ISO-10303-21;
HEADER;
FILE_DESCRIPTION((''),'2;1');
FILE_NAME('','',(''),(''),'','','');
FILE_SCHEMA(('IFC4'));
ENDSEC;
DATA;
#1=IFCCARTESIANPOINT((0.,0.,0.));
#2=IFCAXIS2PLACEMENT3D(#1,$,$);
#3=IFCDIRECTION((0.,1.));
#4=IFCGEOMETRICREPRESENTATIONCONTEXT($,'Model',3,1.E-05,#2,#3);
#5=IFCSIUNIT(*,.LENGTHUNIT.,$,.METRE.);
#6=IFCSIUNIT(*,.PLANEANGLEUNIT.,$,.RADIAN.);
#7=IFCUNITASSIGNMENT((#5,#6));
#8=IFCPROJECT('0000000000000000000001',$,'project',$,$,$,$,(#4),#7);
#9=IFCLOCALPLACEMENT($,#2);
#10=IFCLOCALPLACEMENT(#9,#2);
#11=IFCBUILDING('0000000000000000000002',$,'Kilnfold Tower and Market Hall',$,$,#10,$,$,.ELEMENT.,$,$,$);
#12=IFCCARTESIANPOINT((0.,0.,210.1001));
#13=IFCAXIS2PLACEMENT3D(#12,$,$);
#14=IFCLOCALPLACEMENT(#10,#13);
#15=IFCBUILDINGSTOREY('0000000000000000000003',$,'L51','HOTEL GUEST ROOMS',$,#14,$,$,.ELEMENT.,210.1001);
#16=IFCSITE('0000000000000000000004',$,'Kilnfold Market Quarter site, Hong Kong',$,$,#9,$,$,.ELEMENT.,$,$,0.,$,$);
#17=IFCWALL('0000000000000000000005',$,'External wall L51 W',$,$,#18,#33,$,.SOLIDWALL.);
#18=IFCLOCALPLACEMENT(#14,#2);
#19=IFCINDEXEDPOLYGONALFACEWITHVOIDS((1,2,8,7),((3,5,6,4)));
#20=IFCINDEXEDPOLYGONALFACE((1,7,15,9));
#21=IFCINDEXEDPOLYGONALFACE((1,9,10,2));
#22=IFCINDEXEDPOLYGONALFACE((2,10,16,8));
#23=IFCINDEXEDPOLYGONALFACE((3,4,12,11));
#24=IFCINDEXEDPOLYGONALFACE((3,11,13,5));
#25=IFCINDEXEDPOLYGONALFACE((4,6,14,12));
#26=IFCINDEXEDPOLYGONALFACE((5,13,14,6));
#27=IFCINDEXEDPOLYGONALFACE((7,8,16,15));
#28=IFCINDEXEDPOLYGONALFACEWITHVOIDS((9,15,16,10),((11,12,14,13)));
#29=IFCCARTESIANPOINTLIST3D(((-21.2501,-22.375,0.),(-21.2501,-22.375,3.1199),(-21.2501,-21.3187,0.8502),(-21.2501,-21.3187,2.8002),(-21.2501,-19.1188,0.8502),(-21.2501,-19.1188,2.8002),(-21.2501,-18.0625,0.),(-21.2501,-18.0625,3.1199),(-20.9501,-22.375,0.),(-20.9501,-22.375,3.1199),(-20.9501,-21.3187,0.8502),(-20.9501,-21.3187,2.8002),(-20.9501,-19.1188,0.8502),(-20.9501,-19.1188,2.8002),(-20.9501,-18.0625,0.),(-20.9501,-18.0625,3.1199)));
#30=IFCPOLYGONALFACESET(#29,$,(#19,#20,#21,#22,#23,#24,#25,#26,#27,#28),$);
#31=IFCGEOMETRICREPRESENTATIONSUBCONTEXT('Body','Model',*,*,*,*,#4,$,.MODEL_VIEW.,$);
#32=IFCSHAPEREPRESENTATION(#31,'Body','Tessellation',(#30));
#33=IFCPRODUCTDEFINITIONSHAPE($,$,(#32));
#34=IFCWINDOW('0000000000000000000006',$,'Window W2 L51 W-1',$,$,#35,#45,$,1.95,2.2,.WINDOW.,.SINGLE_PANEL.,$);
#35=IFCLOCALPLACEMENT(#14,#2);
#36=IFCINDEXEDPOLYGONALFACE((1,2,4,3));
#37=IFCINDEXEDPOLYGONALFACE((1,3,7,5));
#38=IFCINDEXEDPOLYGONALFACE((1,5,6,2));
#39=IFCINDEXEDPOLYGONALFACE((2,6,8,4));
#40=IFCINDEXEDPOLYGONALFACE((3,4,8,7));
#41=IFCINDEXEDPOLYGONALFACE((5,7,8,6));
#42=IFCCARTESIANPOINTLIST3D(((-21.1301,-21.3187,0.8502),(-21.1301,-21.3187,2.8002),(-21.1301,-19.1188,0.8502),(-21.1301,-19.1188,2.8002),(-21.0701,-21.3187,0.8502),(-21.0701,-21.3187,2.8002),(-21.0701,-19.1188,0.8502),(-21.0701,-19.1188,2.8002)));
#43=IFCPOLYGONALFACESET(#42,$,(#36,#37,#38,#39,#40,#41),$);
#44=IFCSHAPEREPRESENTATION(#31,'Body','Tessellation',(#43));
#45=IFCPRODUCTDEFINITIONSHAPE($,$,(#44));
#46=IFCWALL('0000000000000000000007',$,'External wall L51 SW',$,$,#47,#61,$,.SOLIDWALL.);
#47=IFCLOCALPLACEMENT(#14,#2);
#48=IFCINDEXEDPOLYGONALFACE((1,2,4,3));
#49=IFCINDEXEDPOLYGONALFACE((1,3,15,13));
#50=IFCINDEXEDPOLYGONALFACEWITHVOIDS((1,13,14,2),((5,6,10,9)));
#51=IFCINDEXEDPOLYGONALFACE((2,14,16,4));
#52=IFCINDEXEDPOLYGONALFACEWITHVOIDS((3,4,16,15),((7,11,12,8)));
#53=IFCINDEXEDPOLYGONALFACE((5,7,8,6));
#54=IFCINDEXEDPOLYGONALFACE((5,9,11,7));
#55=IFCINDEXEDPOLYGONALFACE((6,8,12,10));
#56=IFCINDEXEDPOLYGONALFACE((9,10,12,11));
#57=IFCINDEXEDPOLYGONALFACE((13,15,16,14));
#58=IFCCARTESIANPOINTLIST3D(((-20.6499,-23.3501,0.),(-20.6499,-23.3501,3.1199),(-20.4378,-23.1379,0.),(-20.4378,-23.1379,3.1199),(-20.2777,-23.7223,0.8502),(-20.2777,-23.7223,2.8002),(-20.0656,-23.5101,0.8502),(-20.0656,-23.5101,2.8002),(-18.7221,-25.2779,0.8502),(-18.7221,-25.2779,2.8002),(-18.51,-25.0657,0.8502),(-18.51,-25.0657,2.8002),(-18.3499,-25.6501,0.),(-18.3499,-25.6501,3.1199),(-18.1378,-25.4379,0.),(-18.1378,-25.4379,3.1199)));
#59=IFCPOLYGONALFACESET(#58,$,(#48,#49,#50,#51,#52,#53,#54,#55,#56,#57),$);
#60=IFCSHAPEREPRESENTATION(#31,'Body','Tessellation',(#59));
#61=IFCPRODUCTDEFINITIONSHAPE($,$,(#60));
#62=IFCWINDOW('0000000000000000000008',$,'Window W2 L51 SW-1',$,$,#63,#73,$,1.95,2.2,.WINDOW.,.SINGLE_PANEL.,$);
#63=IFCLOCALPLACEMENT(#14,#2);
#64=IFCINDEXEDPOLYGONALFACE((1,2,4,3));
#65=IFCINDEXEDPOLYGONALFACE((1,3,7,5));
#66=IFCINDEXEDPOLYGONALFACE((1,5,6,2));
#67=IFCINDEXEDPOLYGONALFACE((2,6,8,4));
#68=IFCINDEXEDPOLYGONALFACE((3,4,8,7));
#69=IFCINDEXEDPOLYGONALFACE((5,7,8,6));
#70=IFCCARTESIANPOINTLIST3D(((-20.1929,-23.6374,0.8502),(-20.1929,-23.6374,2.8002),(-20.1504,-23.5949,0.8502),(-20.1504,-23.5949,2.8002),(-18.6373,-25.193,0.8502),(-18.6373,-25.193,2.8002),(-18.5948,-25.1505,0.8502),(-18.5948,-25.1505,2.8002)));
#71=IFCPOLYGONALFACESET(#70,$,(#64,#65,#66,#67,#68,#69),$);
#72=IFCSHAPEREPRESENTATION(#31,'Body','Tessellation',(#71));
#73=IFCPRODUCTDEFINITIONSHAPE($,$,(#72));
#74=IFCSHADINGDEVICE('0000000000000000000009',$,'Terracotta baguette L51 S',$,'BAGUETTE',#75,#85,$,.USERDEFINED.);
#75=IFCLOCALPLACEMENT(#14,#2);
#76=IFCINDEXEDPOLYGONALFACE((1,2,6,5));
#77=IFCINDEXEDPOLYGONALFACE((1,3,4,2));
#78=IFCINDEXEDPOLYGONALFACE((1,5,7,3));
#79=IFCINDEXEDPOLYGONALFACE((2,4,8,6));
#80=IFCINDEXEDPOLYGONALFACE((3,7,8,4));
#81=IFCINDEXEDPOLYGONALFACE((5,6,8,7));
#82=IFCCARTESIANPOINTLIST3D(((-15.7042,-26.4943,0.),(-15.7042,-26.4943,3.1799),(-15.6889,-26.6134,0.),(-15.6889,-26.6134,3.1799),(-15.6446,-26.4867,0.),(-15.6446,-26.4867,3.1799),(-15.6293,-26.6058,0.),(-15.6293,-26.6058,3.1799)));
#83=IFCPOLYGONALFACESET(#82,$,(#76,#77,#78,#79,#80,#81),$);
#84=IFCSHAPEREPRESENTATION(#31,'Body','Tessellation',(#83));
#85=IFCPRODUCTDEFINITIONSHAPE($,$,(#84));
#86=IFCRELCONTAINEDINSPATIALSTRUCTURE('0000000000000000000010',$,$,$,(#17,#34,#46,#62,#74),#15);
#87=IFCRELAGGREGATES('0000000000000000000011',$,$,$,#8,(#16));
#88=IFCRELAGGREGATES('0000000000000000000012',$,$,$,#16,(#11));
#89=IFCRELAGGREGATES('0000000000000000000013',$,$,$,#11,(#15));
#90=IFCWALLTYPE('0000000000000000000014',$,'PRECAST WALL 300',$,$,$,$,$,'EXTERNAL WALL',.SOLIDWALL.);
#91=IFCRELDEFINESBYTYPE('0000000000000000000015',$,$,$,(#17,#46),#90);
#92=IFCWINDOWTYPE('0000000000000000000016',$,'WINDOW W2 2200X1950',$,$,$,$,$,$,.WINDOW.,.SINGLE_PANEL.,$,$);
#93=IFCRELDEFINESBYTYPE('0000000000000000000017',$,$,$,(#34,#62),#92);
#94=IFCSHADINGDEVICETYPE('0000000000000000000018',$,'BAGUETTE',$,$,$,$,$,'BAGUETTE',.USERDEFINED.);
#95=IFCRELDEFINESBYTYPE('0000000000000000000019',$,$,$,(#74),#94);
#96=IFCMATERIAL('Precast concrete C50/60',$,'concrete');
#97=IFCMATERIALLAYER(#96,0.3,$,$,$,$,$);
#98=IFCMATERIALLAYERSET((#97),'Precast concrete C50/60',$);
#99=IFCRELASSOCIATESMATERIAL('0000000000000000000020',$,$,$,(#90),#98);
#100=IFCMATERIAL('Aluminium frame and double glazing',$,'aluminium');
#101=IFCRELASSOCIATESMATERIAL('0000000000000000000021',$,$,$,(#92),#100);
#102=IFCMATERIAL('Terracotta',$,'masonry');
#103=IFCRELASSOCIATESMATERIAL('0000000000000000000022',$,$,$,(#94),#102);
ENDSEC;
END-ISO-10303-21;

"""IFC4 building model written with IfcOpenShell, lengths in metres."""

from ifc_helpers import new_model, si_unit, direction, frame, frame_2d, origin, origin_2d, place, context, subcontext, project, spatial, rectangle, extrude, source, transform, mapped, material, layer, layer_set, material_profile, profile_set, type_object, element, fill, save


model = new_model("IFC4")

# Units and contexts
model_context = context("Model", 3, precision=1e-05, world=origin(), true_north=direction((0.0, 1.0)))
body_context = subcontext(model_context, "Body", "Model", "MODEL_VIEW")
ifc_project = project(units=[si_unit("LENGTHUNIT", "METRE"), si_unit("PLANEANGLEUNIT", "RADIAN")], contexts=[model_context])

# Site, building, storey
site_placement = place(None, origin())
site = spatial("IfcSite", under=ifc_project, at=site_placement, Name="Kilnfold Market Quarter site, Hong Kong", CompositionType="ELEMENT", RefElevation=0.0)
building_placement = place(site_placement, origin())
building = spatial("IfcBuilding", under=site, at=building_placement, Name="Kilnfold Tower and Market Hall", CompositionType="ELEMENT")
storey_placement = place(building_placement, frame((0.0, 0.0, 210.1001)))
storey = spatial("IfcBuildingStorey", under=building, at=storey_placement, Name="L51", Description="HOTEL GUEST ROOMS", CompositionType="ELEMENT", Elevation=210.1001)

# Shared definitions
ifc_material_1 = material(Name="Precast concrete C50/60", Category="concrete")
ifc_layer_1 = layer(ifc_material_1, 0.3)
ifc_layer_set_1 = layer_set([ifc_layer_1], Name="Precast concrete C50/60")
wall_type_1 = type_object("IfcWallType", Name="PRECAST WALL 300", ElementType="EXTERNAL WALL", PredefinedType="SOLIDWALL", material=ifc_layer_set_1)

# Walls, openings, windows
shared_shape_1 = source(origin(), body_context, "Body", "SweptSolid", [
    extrude(rectangle(XDim=4.3125, YDim=0.3, at=frame_2d((2.1562, 0.0))), origin(), (0.0, 0.0, 1.0), 3.1199),
])
wall_1_placement = place(storey_placement, frame((-21.1001, -18.0625, 0.0), z_axis=(0.0, 0.0, 1.0), x_axis=(0.0, -1.0, 0.0)))
wall_1 = element("IfcWall", 1, at=wall_1_placement, inside=storey, type_object=wall_type_1, Name="External wall L51 W", PredefinedType="SOLIDWALL", context=body_context, shape_type="MappedRepresentation", body=[
    mapped(shared_shape_1, transform((0.0, 0.0, 0.0))),
])
opening_1_placement = place(wall_1_placement, frame((1.0562, 0.0, 0.8501)))
opening_1 = element("IfcOpeningElement", 2, at=opening_1_placement, cuts=wall_1, PredefinedType="OPENING", context=body_context, shape_type="SweptSolid", body=[
    extrude(rectangle(XDim=2.2, YDim=1.95, at=frame_2d((1.1001, 0.9751))), frame((0.0, 0.1602, 0.0), z_axis=(0.0, -1.0, 0.0), x_axis=(1.0, 0.0, 0.0)), (0.0, 0.0, 1.0), 0.3201),
])
ifc_material_2 = material(Name="Aluminium frame and double glazing", Category="aluminium")
window_type_1 = type_object("IfcWindowType", Name="WINDOW W2 2200X1950", PartitioningType="SINGLE_PANEL", PredefinedType="WINDOW", material=ifc_material_2)
window_1_placement = place(opening_1_placement, origin())
window_1 = element("IfcWindow", 3, at=window_1_placement, inside=storey, type_object=window_type_1, Name="Window W2 L51 W-1", OverallHeight=1.95, OverallWidth=2.2, PartitioningType="SINGLE_PANEL", PredefinedType="WINDOW", context=body_context, shape_type="SweptSolid", body=[
    extrude(rectangle(XDim=2.2, YDim=1.95, at=frame_2d((1.1001, 0.9751))), frame((0.0, 0.03, 0.0), z_axis=(0.0, -1.0, 0.0), x_axis=(1.0, 0.0, 0.0)), (0.0, 0.0, 1.0), 0.0601),
])
fill(opening_1, window_1)
shared_shape_2 = source(origin(), body_context, "Body", "SweptSolid", [
    extrude(rectangle(XDim=3.2527, YDim=0.3, at=frame_2d((1.6265, 0.0))), origin(), (0.0, 0.0, 1.0), 3.1199),
])
wall_2_placement = place(storey_placement, frame((-20.5439, -23.2439, 0.0), z_axis=(0.0, 0.0, 1.0), x_axis=(0.707107, -0.707107, 0.0)))
wall_2 = element("IfcWall", 4, at=wall_2_placement, inside=storey, type_object=wall_type_1, Name="External wall L51 SW", PredefinedType="SOLIDWALL", context=body_context, shape_type="MappedRepresentation", body=[
    mapped(shared_shape_2, transform((0.0, 0.0, 0.0))),
])
opening_2_placement = place(wall_2_placement, frame((0.5264, 0.0, 0.8501)))
opening_2 = element("IfcOpeningElement", 5, at=opening_2_placement, cuts=wall_2, PredefinedType="OPENING", context=body_context, shape_type="SweptSolid", body=[
    extrude(rectangle(XDim=2.2, YDim=1.95, at=frame_2d((1.1001, 0.9751))), frame((0.0, 0.1602, 0.0), z_axis=(0.0, -1.0, 0.0), x_axis=(1.0, 0.0, 0.0)), (0.0, 0.0, 1.0), 0.3201),
])
window_2_placement = place(opening_2_placement, origin())
window_2 = element("IfcWindow", 6, at=window_2_placement, inside=storey, type_object=window_type_1, Name="Window W2 L51 SW-1", OverallHeight=1.95, OverallWidth=2.2, PartitioningType="SINGLE_PANEL", PredefinedType="WINDOW", context=body_context, shape_type="SweptSolid", body=[
    extrude(rectangle(XDim=2.2, YDim=1.95, at=frame_2d((1.1001, 0.9751))), frame((0.0, 0.03, 0.0), z_axis=(0.0, -1.0, 0.0), x_axis=(1.0, 0.0, 0.0)), (0.0, 0.0, 1.0), 0.0601),
])
fill(opening_2, window_2)

# Shading device
ifc_material_3 = material(Name="Terracotta", Category="masonry")
ifc_material_profile_1 = material_profile(ifc_material_3, rectangle(XDim=0.0601, YDim=0.1201, at=origin_2d()), Name="BAG 60x120")
ifc_profile_set_1 = profile_set([ifc_material_profile_1], Name="Terracotta")
shading_device_type = type_object("IfcShadingDeviceType", Name="BAGUETTE", ElementType="BAGUETTE", PredefinedType="USERDEFINED", material=ifc_profile_set_1)
shared_shape_3 = source(origin(), body_context, "Body", "SweptSolid", [
    extrude(rectangle(XDim=0.0601, YDim=0.1201, at=origin_2d()), origin(), (0.0, 0.0, 1.0), 3.1799),
])
shading_device_placement = place(storey_placement, frame((-15.6667, -26.55, 0.0), z_axis=(0.0, 0.0, 1.0), x_axis=(0.991928, 0.126801, 0.0)))
element("IfcShadingDevice", 7, at=shading_device_placement, inside=storey, type_object=shading_device_type, Name="Terracotta baguette L51 S", ObjectType="BAGUETTE", PredefinedType="USERDEFINED", context=body_context, shape_type="MappedRepresentation", body=[
    mapped(shared_shape_3, transform((0.0, 0.0, 0.0))),
])

save(model, "model.ifc")
